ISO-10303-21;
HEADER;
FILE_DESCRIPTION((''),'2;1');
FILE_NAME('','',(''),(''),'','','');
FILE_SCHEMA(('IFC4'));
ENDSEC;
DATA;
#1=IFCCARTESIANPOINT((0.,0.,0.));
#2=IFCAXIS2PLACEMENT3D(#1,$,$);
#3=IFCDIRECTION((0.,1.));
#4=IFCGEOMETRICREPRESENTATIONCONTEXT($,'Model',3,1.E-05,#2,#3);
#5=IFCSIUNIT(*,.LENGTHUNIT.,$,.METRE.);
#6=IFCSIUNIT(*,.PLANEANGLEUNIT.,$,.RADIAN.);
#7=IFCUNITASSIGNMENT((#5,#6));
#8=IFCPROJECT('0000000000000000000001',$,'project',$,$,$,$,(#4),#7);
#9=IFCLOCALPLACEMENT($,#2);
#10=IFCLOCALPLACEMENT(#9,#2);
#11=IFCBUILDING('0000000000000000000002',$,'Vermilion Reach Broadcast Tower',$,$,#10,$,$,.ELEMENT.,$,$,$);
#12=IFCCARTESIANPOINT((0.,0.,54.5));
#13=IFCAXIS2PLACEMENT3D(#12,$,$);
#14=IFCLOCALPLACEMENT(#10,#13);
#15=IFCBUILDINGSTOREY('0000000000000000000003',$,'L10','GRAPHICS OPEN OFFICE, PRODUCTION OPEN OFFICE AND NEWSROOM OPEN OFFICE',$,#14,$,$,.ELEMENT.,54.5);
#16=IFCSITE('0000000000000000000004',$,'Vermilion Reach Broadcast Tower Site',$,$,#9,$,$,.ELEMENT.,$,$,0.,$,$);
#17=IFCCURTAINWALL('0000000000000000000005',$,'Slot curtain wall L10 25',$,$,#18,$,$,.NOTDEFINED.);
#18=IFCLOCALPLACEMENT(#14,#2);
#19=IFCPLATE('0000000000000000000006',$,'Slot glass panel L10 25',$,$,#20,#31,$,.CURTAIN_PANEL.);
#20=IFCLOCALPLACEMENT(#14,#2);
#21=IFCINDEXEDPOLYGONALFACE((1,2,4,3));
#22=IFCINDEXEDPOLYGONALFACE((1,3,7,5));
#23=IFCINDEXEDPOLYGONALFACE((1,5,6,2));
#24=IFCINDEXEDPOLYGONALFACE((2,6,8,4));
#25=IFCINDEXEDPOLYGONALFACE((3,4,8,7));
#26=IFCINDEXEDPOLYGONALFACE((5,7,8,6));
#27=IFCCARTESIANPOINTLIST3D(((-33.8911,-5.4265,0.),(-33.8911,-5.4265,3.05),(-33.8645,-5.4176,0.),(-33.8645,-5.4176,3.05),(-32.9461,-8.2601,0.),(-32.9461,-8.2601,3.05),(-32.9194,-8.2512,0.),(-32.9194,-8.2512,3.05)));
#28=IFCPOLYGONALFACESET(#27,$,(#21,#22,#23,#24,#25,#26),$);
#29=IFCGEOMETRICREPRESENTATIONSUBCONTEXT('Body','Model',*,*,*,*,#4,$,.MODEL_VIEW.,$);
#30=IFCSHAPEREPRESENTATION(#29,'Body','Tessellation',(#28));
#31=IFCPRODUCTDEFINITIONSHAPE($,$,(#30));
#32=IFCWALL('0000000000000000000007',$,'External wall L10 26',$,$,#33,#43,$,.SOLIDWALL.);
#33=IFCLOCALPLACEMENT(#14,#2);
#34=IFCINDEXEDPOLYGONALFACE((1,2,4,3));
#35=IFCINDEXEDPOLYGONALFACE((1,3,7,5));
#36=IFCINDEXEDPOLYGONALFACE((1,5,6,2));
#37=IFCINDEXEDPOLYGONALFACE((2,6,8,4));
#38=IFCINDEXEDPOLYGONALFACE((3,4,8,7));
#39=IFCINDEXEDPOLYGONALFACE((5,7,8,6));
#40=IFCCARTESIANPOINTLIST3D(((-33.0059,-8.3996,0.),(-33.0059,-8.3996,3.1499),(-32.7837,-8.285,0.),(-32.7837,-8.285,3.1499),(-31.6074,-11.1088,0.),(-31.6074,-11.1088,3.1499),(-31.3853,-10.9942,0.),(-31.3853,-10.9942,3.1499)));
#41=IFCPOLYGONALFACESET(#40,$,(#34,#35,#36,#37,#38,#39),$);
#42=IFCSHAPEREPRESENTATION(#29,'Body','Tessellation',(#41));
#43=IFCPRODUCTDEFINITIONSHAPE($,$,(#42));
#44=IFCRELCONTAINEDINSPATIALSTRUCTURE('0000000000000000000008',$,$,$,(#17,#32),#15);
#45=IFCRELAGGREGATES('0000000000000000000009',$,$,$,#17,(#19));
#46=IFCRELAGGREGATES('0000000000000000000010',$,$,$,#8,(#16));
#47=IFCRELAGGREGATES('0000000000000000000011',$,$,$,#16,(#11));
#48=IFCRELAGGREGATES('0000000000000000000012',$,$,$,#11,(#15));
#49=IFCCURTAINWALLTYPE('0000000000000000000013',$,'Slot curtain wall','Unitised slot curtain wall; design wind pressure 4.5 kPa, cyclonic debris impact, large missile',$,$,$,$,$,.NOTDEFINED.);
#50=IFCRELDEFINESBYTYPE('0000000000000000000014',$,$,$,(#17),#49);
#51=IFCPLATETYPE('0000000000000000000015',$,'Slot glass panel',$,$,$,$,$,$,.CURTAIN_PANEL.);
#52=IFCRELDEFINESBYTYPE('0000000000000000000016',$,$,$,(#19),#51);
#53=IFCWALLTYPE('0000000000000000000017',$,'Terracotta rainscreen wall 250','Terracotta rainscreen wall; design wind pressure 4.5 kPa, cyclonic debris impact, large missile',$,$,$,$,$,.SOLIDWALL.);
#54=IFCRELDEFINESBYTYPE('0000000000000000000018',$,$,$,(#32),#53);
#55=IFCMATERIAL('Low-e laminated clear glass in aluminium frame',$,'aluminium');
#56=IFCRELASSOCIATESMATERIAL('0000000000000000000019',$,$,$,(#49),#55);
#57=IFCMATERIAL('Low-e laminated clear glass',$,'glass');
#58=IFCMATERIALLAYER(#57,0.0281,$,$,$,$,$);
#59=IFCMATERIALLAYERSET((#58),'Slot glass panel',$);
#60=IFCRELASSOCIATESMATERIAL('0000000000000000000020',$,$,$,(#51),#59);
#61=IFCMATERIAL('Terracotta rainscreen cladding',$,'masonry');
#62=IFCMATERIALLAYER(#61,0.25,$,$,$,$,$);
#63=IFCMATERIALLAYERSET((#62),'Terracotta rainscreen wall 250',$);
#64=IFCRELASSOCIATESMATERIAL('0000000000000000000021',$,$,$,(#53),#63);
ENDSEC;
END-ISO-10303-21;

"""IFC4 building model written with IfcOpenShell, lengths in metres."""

from ifc_helpers import new_model, si_unit, direction, frame, frame_2d, origin, origin_2d, place, context, subcontext, project, spatial, rectangle, extrude, material, layer, layer_set, type_object, element, aggregate, save


model = new_model("IFC4")

# Units and contexts
model_context = context("Model", 3, precision=1e-05, world=origin(), true_north=direction((0.0, 1.0)))
body_context = subcontext(model_context, "Body", "Model", "MODEL_VIEW")
ifc_project = project(units=[si_unit("LENGTHUNIT", "METRE"), si_unit("PLANEANGLEUNIT", "RADIAN")], contexts=[model_context])

# Site, building, storey
site_placement = place(None, origin())
site = spatial("IfcSite", under=ifc_project, at=site_placement, Name="Vermilion Reach Broadcast Tower Site", CompositionType="ELEMENT", RefElevation=0.0)
building_placement = place(site_placement, origin())
building = spatial("IfcBuilding", under=site, at=building_placement, Name="Vermilion Reach Broadcast Tower", CompositionType="ELEMENT")
storey_placement = place(building_placement, frame((0.0, 0.0, 54.5)))
storey = spatial("IfcBuildingStorey", under=building, at=storey_placement, Name="L10", Description="GRAPHICS OPEN OFFICE, PRODUCTION OPEN OFFICE AND NEWSROOM OPEN OFFICE", CompositionType="ELEMENT", Elevation=54.5)

# Shared definitions
ifc_material_1 = material(Name="Low-e laminated clear glass in aluminium frame", Category="aluminium")
curtain_wall_type = type_object("IfcCurtainWallType", Name="Slot curtain wall", Description="Unitised slot curtain wall; design wind pressure 4.5 kPa, cyclonic debris impact, large missile", PredefinedType="NOTDEFINED", material=ifc_material_1)
placement = place(storey_placement, origin())

# Curtain wall
curtain_wall_1 = element("IfcCurtainWall", 1, at=placement, inside=storey, type_object=curtain_wall_type, Name="Slot curtain wall L10 25", PredefinedType="NOTDEFINED")

# Plate
ifc_material_2 = material(Name="Low-e laminated clear glass", Category="glass")
ifc_layer_1 = layer(ifc_material_2, 0.0281)
ifc_layer_set_1 = layer_set([ifc_layer_1], Name="Slot glass panel")
plate_type = type_object("IfcPlateType", Name="Slot glass panel", PredefinedType="CURTAIN_PANEL", material=ifc_layer_set_1)
plate_1_placement = place(storey_placement, frame((-33.4053, -6.8389, 0.0), z_axis=(0.0, 0.0, 1.0), x_axis=(0.316386, -0.948631, 0.0)))
plate_1 = element("IfcPlate", 2, at=plate_1_placement, type_object=plate_type, Name="Slot glass panel L10 25", PredefinedType="CURTAIN_PANEL", context=body_context, shape_type="SweptSolid", body=[
    extrude(rectangle(XDim=2.9871, YDim=0.0281, at=origin_2d()), origin(), (0.0, 0.0, 1.0), 3.05),
])
aggregate(curtain_wall_1, [plate_1])

# Wall
ifc_material_3 = material(Name="Terracotta rainscreen cladding", Category="masonry")
ifc_layer_2 = layer(ifc_material_3, 0.25)
ifc_layer_set_2 = layer_set([ifc_layer_2], Name="Terracotta rainscreen wall 250")
wall_type = type_object("IfcWallType", Name="Terracotta rainscreen wall 250", Description="Terracotta rainscreen wall; design wind pressure 4.5 kPa, cyclonic debris impact, large missile", PredefinedType="SOLIDWALL", material=ifc_layer_set_2)
wall_placement = place(storey_placement, frame((-32.8948, -8.3423, 0.0), z_axis=(0.0, 0.0, 1.0), x_axis=(0.458676, -0.888604, 0.0)))
element("IfcWall", 3, at=wall_placement, inside=storey, type_object=wall_type, Name="External wall L10 26", PredefinedType="SOLIDWALL", context=body_context, shape_type="SweptSolid", body=[
    extrude(rectangle(XDim=3.0488, YDim=0.25, at=frame_2d((1.5244, 0.0))), origin(), (0.0, 0.0, 1.0), 3.1499),
])

save(model, "model.ifc")
